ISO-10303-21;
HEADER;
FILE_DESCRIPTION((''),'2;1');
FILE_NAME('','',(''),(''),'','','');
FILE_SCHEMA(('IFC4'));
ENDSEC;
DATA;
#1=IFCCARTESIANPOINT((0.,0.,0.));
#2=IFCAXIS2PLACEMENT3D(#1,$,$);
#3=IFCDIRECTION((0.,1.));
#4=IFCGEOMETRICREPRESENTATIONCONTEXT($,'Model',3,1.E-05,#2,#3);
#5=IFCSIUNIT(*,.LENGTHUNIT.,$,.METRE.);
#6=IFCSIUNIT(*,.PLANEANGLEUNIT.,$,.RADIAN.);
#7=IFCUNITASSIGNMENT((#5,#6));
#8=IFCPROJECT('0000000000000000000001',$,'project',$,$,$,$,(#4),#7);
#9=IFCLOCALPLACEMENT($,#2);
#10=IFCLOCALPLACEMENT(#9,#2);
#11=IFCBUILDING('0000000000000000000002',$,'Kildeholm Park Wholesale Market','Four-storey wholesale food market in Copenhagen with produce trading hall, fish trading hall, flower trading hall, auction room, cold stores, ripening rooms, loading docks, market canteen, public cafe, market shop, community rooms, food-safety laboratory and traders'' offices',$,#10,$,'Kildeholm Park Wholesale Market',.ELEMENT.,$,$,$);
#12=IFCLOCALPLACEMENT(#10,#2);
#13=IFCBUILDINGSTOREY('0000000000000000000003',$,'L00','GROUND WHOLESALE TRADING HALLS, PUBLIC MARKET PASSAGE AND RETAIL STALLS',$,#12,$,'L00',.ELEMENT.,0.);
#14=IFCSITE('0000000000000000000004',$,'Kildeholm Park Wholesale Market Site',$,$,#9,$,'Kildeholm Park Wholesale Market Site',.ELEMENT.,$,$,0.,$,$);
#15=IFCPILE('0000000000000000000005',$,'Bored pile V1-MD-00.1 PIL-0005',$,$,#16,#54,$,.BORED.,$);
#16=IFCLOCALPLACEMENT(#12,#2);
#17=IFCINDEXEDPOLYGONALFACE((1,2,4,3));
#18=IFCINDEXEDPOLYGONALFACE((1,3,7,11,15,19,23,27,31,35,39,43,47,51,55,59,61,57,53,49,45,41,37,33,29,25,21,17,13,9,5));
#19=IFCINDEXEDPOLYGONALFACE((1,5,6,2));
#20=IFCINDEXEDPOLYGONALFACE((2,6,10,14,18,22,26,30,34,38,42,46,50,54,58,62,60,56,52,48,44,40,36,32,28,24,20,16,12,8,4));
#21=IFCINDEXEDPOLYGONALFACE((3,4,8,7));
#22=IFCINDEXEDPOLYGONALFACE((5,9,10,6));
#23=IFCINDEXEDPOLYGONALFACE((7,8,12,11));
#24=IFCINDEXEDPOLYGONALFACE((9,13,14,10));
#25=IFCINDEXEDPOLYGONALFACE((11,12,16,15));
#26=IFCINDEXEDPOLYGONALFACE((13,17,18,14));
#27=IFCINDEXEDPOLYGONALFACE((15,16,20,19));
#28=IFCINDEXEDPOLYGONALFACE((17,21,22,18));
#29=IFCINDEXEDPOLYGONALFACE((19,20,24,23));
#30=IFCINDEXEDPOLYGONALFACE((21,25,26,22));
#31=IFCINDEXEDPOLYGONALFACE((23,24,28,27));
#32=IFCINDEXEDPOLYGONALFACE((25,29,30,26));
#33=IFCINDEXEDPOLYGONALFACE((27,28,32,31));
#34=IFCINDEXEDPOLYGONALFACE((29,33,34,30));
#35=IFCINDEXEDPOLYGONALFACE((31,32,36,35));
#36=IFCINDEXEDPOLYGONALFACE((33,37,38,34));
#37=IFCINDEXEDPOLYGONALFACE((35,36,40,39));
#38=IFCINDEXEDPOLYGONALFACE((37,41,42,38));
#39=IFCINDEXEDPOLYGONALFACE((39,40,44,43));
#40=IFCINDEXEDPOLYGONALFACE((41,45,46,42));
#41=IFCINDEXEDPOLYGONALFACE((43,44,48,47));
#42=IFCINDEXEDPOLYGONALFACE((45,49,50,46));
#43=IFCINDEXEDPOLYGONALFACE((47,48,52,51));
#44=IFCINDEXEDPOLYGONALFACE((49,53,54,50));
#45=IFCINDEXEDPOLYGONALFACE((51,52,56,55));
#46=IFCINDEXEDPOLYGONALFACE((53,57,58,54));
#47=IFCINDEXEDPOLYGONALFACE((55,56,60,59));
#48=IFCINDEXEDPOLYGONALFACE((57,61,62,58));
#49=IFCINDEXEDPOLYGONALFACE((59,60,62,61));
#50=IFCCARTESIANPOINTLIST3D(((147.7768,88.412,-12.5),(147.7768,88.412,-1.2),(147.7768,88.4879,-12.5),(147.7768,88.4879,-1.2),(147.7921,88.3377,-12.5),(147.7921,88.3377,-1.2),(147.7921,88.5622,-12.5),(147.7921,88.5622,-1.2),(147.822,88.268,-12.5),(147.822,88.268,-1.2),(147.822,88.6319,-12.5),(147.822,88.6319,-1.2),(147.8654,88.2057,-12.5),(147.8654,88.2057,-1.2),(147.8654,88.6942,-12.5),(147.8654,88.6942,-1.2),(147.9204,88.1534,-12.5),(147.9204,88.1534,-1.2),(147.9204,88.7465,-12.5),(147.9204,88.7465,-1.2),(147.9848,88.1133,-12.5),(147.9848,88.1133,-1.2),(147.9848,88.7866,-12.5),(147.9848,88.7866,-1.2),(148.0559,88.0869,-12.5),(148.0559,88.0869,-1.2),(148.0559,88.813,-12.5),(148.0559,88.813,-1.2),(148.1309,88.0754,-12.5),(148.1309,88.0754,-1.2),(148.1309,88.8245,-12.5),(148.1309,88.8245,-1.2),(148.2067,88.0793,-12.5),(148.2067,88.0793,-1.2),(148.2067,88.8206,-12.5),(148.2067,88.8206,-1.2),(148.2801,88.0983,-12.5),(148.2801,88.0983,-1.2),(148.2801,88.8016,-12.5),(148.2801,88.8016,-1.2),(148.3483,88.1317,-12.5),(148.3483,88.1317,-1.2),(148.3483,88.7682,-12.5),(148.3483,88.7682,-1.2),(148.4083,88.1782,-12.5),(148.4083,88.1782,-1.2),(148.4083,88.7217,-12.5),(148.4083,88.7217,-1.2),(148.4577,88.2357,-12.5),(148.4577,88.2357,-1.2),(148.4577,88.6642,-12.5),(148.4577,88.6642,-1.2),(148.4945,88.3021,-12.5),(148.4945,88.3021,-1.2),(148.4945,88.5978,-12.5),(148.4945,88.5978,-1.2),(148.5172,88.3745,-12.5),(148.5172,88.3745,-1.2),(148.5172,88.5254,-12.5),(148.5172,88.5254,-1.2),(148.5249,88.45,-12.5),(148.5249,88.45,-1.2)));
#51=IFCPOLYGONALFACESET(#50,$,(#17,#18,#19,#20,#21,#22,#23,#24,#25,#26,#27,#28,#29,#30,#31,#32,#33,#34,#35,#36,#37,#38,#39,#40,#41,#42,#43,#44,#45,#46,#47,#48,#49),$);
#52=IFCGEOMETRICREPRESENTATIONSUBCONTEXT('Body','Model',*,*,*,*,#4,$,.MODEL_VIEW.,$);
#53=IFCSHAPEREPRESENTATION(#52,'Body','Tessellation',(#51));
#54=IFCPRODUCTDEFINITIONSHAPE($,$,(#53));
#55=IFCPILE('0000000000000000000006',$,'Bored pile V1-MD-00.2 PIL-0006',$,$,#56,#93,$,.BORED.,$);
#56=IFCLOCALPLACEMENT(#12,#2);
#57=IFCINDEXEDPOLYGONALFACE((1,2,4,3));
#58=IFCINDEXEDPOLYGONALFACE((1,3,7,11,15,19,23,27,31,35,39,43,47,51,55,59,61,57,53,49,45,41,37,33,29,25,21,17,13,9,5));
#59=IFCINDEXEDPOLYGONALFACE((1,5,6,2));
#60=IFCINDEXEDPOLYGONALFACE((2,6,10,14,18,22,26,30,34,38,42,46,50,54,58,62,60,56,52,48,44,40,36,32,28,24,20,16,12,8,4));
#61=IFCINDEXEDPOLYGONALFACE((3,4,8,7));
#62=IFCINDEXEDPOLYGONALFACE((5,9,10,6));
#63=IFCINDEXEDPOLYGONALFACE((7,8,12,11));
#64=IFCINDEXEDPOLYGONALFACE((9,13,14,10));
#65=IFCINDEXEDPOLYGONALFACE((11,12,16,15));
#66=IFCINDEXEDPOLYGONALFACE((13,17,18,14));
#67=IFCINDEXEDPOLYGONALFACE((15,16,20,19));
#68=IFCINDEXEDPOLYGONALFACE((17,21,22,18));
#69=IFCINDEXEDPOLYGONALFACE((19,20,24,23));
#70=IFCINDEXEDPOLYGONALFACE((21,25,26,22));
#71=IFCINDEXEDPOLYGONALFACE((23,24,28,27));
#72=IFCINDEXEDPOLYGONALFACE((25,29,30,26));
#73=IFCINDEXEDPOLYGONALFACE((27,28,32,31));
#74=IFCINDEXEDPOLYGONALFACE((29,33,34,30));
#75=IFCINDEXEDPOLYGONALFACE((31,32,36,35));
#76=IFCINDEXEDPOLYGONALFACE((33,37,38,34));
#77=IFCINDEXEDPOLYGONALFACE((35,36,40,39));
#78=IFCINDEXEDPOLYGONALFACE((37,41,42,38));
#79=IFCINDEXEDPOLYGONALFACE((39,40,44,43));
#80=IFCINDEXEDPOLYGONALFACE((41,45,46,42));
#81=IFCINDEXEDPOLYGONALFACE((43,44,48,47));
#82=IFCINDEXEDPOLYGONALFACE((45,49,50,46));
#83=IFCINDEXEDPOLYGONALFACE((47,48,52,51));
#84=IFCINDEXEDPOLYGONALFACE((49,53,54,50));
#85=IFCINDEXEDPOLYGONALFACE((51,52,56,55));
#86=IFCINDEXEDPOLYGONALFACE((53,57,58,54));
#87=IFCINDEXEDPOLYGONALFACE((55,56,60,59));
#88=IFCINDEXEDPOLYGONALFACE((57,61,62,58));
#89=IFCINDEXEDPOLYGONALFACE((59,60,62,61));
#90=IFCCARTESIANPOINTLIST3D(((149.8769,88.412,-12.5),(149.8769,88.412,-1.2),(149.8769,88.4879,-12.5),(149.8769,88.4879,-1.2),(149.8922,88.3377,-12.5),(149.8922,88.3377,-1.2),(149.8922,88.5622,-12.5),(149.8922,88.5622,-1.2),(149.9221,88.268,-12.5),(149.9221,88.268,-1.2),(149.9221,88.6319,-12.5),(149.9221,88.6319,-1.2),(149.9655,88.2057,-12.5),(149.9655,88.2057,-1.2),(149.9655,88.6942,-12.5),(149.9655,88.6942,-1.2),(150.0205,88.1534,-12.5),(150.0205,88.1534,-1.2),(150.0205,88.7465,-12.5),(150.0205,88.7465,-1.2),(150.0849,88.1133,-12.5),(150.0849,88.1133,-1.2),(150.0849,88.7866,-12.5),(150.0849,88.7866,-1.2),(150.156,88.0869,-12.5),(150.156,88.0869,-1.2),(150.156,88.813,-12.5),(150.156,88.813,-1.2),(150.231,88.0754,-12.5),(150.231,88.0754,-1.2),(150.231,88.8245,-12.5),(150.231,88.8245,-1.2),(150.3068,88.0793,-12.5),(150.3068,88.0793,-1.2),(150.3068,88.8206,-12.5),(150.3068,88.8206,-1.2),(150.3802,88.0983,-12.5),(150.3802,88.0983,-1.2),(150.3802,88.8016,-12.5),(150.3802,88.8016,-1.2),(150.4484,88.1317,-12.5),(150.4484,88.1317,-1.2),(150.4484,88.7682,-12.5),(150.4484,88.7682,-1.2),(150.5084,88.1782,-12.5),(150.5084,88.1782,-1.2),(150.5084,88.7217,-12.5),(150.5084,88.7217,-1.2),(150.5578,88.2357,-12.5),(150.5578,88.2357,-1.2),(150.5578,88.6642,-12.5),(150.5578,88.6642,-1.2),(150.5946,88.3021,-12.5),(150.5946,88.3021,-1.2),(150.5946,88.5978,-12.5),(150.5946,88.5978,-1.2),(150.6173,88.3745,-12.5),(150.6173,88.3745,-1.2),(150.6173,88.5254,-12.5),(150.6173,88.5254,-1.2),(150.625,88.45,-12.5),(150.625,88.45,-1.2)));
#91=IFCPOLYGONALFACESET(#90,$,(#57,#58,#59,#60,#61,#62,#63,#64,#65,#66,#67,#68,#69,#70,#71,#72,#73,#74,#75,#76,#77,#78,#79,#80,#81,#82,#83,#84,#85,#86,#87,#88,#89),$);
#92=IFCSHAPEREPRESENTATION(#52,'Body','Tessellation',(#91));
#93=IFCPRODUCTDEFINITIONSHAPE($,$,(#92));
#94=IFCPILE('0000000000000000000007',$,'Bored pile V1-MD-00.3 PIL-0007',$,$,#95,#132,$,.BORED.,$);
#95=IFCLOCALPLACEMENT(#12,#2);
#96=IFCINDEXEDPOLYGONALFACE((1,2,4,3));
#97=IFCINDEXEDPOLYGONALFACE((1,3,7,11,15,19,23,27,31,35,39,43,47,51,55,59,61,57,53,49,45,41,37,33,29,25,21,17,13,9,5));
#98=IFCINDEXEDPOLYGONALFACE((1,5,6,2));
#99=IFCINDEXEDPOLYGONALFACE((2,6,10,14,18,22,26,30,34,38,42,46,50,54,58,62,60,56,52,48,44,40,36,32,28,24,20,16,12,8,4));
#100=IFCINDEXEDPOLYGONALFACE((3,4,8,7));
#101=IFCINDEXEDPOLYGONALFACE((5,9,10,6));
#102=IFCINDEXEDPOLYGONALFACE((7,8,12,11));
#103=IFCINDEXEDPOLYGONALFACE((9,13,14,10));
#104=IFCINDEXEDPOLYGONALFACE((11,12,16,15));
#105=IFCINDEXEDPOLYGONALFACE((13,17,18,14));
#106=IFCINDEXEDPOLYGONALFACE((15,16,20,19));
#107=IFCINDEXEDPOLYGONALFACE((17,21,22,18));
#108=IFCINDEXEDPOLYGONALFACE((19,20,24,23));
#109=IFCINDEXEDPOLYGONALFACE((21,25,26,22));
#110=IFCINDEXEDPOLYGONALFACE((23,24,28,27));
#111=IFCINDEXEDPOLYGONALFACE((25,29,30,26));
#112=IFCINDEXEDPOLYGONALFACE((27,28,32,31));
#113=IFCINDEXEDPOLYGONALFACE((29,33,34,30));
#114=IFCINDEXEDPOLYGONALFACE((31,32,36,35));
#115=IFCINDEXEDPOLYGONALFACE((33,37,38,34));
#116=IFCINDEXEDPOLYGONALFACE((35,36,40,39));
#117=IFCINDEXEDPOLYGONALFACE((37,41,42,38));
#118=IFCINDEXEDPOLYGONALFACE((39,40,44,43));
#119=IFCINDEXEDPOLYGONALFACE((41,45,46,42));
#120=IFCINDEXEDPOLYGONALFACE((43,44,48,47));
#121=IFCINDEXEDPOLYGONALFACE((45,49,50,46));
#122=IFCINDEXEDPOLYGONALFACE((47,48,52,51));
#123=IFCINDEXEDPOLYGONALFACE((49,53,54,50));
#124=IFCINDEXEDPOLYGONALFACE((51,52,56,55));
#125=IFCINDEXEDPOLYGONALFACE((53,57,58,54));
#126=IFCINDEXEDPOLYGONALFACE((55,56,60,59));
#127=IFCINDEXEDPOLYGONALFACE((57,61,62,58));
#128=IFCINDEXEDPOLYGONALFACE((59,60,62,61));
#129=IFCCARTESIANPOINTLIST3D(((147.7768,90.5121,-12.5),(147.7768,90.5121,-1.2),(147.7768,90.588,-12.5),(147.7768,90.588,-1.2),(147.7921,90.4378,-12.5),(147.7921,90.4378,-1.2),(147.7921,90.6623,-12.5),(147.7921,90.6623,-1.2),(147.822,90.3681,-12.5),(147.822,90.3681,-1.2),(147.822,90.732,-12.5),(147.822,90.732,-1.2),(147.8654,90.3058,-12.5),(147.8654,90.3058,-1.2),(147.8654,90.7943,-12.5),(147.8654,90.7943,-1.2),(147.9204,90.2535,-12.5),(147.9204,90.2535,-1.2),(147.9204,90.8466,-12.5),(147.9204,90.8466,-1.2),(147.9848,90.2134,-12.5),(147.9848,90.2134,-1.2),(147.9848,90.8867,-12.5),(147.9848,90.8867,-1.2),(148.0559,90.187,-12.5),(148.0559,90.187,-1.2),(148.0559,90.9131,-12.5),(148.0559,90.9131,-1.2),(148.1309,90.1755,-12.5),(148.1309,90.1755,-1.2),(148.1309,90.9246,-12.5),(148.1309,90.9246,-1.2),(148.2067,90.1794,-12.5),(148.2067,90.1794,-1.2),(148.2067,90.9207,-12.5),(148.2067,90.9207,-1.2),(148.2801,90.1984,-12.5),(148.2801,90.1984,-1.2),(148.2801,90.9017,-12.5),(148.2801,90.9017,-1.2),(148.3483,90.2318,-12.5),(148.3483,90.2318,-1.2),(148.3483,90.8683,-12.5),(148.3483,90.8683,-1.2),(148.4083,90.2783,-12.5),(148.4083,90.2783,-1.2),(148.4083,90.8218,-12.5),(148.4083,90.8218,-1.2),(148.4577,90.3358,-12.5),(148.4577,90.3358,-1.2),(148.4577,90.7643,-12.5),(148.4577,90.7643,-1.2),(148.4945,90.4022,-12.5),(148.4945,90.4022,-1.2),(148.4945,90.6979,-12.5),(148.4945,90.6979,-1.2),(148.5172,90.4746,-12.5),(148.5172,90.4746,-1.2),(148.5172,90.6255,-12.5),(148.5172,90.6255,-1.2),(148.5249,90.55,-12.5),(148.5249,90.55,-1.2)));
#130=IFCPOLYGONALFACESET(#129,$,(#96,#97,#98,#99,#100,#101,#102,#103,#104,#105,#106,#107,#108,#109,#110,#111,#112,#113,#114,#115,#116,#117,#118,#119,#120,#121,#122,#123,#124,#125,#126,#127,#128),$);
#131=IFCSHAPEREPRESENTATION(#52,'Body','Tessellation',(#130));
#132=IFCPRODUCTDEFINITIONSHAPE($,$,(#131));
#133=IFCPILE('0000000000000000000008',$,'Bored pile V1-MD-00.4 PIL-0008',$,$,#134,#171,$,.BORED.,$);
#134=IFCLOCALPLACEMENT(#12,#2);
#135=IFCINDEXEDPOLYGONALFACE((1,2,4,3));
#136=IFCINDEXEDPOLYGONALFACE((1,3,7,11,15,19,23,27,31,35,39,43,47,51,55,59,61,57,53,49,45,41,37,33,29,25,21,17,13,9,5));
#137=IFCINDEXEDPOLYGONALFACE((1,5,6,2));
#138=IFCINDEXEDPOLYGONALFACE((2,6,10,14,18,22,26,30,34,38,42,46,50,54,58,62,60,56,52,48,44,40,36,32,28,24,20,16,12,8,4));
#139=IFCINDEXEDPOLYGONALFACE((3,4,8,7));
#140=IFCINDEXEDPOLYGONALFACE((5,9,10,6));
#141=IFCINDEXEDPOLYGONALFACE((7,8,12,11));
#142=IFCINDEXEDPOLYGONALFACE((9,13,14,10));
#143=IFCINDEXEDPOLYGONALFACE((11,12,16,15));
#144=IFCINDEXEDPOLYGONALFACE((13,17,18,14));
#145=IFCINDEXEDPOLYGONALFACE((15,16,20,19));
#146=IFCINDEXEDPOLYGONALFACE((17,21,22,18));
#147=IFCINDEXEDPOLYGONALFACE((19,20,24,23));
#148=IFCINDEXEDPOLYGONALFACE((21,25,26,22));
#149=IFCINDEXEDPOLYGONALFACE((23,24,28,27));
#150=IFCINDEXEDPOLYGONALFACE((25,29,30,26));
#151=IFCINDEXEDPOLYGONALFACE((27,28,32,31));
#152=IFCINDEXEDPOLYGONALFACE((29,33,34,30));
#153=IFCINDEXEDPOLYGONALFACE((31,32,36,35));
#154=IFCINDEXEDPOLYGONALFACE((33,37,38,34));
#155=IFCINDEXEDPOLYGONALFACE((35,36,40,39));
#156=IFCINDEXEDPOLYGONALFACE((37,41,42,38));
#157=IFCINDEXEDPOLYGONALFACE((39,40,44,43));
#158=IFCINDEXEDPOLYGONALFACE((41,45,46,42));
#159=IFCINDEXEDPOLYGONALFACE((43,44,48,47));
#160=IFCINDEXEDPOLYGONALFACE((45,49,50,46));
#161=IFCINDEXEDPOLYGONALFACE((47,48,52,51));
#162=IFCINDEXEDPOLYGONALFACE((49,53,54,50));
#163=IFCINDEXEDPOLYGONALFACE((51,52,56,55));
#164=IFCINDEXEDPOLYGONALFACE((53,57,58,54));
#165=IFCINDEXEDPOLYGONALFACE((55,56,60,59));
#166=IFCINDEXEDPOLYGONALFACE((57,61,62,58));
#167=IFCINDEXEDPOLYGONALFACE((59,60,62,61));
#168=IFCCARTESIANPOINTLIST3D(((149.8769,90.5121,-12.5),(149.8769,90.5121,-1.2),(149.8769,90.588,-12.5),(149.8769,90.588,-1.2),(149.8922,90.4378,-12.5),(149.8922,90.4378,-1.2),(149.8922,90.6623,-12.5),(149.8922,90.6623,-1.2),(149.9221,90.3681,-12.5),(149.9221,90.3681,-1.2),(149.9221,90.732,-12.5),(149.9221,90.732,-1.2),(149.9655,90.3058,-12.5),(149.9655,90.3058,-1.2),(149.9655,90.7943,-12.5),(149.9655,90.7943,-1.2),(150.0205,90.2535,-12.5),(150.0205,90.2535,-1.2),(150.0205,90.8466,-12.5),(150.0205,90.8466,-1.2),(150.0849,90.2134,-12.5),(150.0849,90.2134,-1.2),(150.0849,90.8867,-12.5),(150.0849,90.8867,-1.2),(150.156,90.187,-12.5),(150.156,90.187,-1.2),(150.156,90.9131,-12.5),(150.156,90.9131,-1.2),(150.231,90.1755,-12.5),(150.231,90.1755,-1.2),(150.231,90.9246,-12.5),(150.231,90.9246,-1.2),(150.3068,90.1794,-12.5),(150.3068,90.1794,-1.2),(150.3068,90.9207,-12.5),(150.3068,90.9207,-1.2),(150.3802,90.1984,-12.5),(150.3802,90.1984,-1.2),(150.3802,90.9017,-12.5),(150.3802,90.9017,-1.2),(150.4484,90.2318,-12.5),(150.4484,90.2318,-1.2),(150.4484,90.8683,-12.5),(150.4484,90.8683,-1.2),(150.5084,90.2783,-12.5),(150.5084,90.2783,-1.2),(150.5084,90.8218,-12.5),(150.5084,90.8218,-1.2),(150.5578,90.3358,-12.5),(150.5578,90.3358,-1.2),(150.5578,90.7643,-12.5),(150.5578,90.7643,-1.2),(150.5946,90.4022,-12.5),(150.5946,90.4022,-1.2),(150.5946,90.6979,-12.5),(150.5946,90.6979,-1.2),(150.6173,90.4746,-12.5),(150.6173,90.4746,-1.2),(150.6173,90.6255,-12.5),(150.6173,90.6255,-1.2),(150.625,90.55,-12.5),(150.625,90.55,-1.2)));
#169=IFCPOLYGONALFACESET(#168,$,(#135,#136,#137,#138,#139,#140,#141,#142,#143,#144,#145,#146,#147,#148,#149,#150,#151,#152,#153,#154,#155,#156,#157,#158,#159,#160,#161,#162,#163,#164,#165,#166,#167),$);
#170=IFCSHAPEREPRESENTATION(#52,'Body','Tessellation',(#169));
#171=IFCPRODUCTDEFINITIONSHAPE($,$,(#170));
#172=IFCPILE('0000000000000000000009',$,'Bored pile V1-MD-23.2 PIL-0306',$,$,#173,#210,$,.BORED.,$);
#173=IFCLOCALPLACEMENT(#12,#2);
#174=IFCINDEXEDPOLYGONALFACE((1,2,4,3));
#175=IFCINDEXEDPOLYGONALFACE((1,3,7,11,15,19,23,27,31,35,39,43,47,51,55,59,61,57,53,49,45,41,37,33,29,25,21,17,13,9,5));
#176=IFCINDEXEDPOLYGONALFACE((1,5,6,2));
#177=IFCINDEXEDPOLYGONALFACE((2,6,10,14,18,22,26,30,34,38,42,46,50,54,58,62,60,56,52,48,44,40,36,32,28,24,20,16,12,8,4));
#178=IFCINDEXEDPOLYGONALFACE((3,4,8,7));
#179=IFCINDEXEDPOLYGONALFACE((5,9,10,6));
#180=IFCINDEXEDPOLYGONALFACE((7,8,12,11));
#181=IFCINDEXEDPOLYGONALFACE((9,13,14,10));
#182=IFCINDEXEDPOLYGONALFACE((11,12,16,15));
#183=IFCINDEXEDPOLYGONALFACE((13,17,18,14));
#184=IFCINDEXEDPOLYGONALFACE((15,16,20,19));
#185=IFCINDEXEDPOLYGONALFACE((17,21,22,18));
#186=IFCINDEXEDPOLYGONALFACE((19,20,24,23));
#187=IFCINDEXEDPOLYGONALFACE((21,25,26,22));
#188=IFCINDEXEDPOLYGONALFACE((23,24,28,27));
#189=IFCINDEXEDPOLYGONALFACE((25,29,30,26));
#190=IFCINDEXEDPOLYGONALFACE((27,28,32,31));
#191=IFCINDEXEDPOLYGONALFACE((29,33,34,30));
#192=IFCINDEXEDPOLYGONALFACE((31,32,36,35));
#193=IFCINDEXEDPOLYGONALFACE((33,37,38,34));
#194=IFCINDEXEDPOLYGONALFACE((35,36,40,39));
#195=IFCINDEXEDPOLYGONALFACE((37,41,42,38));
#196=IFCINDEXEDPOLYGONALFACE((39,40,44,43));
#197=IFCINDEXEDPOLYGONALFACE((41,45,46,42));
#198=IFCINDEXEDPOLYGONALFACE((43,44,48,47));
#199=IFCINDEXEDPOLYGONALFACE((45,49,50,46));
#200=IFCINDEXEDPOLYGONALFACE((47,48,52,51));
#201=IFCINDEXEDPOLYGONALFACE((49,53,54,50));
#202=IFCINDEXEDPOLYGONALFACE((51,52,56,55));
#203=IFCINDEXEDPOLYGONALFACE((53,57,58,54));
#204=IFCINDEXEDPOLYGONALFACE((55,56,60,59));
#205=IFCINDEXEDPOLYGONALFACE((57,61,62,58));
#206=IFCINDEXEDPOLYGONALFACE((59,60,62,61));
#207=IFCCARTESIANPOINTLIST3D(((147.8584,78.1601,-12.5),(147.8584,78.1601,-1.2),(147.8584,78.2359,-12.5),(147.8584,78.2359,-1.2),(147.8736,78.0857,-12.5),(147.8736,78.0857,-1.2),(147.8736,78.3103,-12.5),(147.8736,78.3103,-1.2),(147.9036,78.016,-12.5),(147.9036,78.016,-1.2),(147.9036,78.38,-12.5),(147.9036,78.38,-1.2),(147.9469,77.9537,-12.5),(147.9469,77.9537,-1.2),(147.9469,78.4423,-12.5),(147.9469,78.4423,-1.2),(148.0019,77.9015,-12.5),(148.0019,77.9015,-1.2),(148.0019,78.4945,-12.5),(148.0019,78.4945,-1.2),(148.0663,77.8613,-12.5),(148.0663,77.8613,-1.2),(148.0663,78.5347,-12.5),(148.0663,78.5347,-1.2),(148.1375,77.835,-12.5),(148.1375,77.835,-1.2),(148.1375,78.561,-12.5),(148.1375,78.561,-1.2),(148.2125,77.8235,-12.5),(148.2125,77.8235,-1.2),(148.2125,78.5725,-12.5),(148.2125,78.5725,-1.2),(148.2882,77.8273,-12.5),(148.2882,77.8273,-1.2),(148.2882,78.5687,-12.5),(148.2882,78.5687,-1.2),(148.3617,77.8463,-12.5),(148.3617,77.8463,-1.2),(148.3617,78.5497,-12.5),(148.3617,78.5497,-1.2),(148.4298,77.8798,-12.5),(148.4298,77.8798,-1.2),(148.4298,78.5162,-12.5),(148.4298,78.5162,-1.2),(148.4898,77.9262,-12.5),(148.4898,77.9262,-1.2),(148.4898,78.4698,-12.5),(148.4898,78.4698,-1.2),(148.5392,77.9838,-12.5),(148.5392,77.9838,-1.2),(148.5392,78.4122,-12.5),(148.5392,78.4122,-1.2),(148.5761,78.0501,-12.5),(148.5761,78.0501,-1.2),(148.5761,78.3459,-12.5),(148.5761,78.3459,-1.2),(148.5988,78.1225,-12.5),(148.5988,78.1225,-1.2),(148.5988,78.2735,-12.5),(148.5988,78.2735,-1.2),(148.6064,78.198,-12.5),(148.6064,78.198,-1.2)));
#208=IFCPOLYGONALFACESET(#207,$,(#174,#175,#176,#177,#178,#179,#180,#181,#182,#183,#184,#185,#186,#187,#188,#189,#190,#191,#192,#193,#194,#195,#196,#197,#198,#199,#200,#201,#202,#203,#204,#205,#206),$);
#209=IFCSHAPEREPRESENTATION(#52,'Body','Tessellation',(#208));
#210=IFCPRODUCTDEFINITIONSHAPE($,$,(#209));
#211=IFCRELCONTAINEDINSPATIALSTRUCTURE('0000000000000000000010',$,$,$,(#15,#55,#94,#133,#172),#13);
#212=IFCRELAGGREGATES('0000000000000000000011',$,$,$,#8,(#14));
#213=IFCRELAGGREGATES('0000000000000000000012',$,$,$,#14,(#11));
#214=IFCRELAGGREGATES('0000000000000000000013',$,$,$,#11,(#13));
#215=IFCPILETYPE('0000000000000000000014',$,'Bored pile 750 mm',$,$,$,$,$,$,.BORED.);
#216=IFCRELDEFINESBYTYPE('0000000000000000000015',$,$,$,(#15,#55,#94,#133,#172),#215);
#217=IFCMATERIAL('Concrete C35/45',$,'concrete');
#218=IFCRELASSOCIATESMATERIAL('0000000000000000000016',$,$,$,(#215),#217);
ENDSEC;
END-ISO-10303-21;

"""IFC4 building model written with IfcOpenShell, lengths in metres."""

from ifc_helpers import new_model, si_unit, direction, frame, origin, origin_2d, place, context, subcontext, project, spatial, circle, extrude, material, material_profile, profile_set, type_object, element, save


model = new_model("IFC4")

# Units and contexts
model_context = context("Model", 3, precision=1e-05, world=origin(), true_north=direction((0.0, 1.0)))
body_context = subcontext(model_context, "Body", "Model", "MODEL_VIEW")
ifc_project = project(units=[si_unit("LENGTHUNIT", "METRE"), si_unit("PLANEANGLEUNIT", "RADIAN")], contexts=[model_context])

# Site, building, storey
site_placement = place(None, origin())
site = spatial("IfcSite", under=ifc_project, at=site_placement, Name="Kildeholm Park Wholesale Market Site", LongName="Kildeholm Park Wholesale Market Site", CompositionType="ELEMENT", RefElevation=0.0)
building_placement = place(site_placement, origin())
building = spatial("IfcBuilding", under=site, at=building_placement, Name="Kildeholm Park Wholesale Market", Description="Four-storey wholesale food market in Copenhagen with produce trading hall, fish trading hall, flower trading hall, auction room, cold stores, ripening rooms, loading docks, market canteen, public cafe, market shop, community rooms, food-safety laboratory and traders' offices", LongName="Kildeholm Park Wholesale Market", CompositionType="ELEMENT")
storey_placement = place(building_placement, origin())
storey = spatial("IfcBuildingStorey", under=building, at=storey_placement, Name="L00", Description="GROUND WHOLESALE TRADING HALLS, PUBLIC MARKET PASSAGE AND RETAIL STALLS", LongName="L00", CompositionType="ELEMENT", Elevation=0.0)

# Piles
ifc_material_1 = material(Name="Concrete C35/45", Category="concrete")
ifc_material_profile_1 = material_profile(ifc_material_1, circle(Radius=0.375, at=origin_2d()), Name="PILE D750")
ifc_profile_set_1 = profile_set([ifc_material_profile_1], Name="Concrete C35/45")
pile_type_1 = type_object("IfcPileType", Name="Bored pile 750 mm", PredefinedType="BORED", material=ifc_profile_set_1)
for number, where, z_axis, x_axis, name in (
    (1, (148.1499, 88.45, -1.2), (0.0, 0.0, -1.0), (1.0, 0.0, 0.0), "Bored pile V1-MD-00.1 PIL-0005"),
    (2, (150.25, 88.45, -1.2), (0.0, 0.0, -1.0), (1.0, 0.0, 0.0), "Bored pile V1-MD-00.2 PIL-0006"),
    (3, (148.1499, 90.55, -1.2), (0.0, 0.0, -1.0), (1.0, 0.0, 0.0), "Bored pile V1-MD-00.3 PIL-0007"),
    (4, (150.25, 90.55, -1.2), (0.0, 0.0, -1.0), (1.0, 0.0, 0.0), "Bored pile V1-MD-00.4 PIL-0008"),
    (5, (148.2314, 78.198, -1.2), (0.0, 0.0, -1.0), (1.0, 0.0, 0.0), "Bored pile V1-MD-23.2 PIL-0306"),
):
    element("IfcPile", number, at=place(storey_placement, frame(where, z_axis=z_axis, x_axis=x_axis)), inside=storey, type_object=pile_type_1, Name=name, PredefinedType="BORED", context=body_context, shape_type="SweptSolid", body=[
        extrude(circle(Radius=0.375, at=origin_2d()), origin(), (0.0, 0.0, 1.0), 11.3),
    ])

save(model, "model.ifc")
